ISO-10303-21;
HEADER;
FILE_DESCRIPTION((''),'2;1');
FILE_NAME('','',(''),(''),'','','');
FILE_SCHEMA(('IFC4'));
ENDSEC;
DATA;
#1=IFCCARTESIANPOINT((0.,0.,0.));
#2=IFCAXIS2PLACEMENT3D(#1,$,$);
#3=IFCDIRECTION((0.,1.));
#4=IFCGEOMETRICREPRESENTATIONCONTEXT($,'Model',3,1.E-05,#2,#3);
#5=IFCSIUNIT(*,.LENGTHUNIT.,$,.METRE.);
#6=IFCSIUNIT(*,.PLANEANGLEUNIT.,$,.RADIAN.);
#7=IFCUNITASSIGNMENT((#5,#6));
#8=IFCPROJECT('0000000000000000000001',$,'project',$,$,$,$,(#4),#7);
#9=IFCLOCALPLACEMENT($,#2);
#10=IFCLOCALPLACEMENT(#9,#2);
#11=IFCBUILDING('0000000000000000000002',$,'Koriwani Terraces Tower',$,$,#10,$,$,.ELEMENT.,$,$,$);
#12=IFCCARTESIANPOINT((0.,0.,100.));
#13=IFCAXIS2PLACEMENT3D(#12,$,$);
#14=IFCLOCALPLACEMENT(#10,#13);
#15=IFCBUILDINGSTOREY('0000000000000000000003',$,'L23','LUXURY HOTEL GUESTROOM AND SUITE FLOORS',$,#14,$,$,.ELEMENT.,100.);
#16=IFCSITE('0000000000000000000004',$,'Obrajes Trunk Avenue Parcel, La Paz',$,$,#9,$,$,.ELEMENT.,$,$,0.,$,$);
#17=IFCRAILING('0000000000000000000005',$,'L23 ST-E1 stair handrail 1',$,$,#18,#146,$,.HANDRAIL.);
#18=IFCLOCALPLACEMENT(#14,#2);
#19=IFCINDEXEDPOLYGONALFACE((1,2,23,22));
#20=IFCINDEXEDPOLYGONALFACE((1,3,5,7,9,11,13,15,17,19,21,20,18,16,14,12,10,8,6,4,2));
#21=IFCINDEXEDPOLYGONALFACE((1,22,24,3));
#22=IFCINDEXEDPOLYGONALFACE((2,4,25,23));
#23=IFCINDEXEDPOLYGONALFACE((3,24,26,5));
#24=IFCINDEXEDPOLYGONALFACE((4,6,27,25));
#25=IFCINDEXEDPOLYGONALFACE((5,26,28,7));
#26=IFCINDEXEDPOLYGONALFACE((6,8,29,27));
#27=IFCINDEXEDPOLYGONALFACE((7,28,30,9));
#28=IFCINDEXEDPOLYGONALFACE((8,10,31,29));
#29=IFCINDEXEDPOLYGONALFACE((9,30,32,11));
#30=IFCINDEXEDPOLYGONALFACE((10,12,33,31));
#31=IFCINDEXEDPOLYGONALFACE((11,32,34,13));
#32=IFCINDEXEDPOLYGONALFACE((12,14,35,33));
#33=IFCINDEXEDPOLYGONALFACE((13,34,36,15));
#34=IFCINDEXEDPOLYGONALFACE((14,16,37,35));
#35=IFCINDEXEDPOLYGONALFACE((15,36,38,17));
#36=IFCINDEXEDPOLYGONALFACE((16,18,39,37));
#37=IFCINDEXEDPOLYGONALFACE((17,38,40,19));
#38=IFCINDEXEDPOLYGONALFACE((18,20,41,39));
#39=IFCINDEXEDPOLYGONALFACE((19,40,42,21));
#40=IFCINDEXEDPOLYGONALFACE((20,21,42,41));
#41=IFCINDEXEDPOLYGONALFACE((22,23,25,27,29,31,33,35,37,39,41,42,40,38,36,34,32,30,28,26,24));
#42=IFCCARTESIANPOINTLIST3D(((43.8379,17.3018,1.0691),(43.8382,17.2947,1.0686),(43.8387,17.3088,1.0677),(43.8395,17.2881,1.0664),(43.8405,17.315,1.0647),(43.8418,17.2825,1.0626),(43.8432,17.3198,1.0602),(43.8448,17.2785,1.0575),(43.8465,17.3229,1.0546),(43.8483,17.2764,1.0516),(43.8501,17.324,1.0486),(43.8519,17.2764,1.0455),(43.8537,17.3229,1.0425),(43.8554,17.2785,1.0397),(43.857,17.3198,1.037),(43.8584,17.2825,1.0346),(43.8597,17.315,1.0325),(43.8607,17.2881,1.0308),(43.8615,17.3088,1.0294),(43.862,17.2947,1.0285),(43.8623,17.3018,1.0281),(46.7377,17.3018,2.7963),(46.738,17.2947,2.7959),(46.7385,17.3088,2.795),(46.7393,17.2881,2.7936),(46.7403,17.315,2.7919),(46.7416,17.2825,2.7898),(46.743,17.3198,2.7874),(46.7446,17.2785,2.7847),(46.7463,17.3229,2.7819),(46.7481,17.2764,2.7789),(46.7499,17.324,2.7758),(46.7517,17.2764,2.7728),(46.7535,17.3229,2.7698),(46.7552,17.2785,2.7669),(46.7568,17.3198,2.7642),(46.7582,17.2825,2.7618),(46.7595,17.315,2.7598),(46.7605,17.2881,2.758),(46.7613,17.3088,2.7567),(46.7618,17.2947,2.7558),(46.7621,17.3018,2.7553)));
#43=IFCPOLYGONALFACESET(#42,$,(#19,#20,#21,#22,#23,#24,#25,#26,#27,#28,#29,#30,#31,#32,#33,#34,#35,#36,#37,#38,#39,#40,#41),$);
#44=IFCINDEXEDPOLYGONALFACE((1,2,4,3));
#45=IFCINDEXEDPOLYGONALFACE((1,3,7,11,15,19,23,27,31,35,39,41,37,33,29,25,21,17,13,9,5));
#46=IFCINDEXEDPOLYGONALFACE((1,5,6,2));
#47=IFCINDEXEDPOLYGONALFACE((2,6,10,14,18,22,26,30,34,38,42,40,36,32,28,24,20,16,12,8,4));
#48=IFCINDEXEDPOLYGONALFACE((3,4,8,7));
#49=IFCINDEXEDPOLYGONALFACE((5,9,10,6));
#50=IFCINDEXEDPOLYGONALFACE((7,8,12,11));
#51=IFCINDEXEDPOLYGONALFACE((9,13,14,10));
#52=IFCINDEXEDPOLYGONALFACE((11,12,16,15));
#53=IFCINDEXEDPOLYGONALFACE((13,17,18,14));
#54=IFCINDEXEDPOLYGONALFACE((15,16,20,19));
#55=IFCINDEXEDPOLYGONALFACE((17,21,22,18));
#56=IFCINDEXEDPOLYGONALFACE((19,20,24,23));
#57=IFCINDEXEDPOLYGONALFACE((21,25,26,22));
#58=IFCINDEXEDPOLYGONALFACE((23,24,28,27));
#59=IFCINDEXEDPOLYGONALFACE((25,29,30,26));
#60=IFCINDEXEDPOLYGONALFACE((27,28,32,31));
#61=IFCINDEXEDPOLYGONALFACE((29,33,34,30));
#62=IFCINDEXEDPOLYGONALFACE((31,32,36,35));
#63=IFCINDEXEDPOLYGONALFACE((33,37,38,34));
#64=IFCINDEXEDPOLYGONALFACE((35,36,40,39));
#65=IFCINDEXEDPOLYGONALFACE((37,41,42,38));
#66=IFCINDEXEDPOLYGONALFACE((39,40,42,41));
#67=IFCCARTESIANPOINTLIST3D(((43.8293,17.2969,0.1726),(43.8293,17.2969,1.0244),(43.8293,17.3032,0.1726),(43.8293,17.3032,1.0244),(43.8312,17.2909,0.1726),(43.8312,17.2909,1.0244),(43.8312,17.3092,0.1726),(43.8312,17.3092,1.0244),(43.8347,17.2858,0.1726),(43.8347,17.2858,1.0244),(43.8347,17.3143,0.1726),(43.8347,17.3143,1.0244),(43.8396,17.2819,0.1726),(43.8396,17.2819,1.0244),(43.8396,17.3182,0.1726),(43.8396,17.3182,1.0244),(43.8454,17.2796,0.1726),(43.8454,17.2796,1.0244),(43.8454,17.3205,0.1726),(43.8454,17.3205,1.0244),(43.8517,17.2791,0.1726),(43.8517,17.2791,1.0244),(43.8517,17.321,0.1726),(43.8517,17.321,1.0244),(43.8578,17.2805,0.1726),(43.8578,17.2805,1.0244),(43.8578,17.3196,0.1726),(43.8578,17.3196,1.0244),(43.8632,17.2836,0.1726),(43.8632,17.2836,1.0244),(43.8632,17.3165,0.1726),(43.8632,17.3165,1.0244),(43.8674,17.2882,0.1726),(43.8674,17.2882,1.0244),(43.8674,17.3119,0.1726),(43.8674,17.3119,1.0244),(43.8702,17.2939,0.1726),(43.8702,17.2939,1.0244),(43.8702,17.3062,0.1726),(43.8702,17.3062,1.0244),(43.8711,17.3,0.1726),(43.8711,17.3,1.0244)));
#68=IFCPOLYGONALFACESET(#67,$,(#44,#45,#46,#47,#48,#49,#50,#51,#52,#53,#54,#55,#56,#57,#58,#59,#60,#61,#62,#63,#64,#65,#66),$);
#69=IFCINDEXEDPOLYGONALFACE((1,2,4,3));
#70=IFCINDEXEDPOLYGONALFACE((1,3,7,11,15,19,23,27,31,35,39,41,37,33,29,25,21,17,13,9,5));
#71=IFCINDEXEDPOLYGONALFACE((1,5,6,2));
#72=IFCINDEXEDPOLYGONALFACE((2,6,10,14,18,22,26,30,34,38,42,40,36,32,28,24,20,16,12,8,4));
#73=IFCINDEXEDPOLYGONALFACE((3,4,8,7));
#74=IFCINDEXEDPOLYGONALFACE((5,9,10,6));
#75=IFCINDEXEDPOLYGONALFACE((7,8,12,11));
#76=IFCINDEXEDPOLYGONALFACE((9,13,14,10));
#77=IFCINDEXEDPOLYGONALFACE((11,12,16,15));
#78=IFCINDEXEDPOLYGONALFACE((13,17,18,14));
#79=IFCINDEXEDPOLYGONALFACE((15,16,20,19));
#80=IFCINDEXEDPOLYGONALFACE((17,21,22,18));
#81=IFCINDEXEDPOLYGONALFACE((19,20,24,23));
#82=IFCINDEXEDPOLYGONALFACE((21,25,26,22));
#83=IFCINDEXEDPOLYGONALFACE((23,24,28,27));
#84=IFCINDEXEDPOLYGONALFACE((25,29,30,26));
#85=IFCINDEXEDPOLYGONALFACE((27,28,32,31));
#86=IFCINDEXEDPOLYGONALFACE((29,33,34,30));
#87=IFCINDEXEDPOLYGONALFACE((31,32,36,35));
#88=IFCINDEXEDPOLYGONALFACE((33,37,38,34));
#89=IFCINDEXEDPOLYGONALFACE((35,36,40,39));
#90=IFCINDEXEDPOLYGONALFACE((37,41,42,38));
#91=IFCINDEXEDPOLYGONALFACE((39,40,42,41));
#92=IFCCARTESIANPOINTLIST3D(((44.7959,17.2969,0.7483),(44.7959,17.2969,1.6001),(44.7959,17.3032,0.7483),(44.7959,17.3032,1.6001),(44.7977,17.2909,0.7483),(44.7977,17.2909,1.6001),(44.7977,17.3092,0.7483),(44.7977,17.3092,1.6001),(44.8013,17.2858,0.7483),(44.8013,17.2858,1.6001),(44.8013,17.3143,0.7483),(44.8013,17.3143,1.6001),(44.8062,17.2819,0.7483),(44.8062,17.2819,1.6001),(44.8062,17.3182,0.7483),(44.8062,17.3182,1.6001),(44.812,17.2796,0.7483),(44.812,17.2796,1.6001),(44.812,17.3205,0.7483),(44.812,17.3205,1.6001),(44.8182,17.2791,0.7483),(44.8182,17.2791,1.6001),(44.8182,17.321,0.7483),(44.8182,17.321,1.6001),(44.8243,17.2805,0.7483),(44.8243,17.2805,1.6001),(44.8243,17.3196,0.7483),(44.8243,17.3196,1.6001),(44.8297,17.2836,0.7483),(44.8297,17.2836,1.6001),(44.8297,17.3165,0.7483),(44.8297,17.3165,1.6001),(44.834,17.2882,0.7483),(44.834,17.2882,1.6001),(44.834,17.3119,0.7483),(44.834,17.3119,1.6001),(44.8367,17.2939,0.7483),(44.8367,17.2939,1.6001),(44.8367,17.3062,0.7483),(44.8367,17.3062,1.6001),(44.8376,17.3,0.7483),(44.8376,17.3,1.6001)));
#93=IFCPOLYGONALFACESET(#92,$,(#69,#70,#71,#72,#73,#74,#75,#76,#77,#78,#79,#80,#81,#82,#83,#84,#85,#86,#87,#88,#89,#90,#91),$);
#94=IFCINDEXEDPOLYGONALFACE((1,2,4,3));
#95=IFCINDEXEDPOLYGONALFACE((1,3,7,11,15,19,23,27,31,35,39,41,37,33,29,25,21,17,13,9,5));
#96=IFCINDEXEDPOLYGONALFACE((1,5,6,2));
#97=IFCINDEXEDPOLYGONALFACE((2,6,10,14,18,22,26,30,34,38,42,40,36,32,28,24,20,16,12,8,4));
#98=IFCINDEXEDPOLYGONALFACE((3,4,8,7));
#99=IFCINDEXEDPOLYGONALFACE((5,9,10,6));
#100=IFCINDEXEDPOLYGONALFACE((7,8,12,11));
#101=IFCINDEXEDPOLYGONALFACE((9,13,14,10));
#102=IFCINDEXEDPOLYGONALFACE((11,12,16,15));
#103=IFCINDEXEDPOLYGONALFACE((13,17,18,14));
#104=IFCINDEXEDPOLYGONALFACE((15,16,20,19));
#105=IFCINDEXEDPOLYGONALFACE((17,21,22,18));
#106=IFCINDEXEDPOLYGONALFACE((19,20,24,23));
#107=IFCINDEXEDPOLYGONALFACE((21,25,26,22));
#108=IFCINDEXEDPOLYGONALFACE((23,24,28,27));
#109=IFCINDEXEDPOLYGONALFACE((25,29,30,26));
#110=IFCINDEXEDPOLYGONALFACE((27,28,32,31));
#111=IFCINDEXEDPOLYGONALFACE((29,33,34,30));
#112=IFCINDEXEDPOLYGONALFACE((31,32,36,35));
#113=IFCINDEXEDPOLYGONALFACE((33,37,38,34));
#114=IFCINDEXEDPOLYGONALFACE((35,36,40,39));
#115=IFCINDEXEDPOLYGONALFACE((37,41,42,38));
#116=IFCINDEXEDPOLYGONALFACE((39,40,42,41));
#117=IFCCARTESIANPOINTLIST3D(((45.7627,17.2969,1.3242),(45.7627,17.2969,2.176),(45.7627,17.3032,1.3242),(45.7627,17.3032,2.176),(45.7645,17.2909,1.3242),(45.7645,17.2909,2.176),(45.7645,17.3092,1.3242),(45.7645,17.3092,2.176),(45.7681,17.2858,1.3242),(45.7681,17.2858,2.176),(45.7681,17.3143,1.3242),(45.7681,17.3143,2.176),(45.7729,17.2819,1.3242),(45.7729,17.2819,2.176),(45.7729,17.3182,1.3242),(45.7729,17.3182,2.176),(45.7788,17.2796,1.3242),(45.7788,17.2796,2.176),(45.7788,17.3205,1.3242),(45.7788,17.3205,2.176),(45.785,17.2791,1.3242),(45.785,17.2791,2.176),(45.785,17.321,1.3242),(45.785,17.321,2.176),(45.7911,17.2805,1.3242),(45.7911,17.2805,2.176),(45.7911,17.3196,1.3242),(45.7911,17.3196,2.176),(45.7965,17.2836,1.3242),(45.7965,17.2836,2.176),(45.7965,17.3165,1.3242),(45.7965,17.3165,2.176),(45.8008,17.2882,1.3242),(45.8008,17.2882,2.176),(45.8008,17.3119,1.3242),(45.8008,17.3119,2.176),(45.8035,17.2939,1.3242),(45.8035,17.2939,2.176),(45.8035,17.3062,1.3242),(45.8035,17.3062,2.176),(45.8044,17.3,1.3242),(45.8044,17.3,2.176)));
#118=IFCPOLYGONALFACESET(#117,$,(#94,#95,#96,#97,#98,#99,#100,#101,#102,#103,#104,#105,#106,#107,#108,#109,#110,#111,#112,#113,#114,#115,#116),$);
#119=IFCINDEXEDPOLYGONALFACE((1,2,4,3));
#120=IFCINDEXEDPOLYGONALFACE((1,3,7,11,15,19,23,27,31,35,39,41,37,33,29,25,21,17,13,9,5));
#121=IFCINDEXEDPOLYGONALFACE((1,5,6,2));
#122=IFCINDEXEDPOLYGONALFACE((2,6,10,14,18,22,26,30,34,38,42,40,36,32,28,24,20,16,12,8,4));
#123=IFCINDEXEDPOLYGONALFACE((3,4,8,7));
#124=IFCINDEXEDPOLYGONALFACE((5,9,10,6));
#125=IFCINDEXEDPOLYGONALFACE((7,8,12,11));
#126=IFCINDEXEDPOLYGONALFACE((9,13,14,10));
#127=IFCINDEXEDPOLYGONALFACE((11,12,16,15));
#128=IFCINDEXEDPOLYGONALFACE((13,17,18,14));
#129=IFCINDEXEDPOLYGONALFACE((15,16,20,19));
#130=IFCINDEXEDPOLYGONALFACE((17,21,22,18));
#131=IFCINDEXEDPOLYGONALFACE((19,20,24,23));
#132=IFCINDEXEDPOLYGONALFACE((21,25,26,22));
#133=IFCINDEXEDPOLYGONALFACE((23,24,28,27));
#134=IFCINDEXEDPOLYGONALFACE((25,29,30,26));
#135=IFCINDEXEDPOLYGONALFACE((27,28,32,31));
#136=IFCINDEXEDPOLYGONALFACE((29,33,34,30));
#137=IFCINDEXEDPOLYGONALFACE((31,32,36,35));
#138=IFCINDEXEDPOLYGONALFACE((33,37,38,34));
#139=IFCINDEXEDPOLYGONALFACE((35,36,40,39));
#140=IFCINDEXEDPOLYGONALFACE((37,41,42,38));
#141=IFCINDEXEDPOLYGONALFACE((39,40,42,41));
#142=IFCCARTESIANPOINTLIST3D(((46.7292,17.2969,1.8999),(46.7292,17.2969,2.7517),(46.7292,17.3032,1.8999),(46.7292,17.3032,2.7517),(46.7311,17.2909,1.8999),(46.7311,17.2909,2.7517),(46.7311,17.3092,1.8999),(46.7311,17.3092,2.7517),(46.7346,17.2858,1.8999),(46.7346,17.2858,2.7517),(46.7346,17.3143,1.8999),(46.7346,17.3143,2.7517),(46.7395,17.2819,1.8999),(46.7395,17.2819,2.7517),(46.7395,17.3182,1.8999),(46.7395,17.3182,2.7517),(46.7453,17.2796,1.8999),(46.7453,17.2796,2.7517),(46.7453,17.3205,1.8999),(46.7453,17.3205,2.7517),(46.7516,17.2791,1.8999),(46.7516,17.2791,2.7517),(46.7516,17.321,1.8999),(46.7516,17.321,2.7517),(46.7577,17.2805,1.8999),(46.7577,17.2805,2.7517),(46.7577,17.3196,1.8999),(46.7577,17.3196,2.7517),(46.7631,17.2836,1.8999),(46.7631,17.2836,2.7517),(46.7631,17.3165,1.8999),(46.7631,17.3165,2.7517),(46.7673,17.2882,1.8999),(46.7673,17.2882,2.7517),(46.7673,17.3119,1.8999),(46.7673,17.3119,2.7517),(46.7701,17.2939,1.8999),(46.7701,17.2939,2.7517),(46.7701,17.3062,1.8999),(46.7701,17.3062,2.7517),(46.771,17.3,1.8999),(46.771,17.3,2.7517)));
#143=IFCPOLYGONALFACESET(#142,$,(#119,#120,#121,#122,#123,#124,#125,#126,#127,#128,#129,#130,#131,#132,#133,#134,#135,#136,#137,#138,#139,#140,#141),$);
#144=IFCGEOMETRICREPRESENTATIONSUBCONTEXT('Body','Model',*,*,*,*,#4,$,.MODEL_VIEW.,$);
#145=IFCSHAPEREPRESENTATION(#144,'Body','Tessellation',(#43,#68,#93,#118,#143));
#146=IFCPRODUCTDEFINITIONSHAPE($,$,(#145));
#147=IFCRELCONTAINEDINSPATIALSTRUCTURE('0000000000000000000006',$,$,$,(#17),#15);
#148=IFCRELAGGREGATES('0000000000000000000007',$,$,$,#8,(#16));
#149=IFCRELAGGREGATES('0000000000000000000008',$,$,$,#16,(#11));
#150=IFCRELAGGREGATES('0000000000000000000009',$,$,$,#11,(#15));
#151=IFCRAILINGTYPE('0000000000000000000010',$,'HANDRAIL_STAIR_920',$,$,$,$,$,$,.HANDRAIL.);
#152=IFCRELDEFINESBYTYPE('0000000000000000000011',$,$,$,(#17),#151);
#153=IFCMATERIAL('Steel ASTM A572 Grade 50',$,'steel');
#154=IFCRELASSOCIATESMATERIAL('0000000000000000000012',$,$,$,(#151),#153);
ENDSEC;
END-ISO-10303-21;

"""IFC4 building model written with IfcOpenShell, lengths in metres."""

from ifc_helpers import new_model, si_unit, direction, frame, origin, origin_2d, place, context, subcontext, project, spatial, circle, extrude, material, type_object, element, save


model = new_model("IFC4")

# Units and contexts
model_context = context("Model", 3, precision=1e-05, world=origin(), true_north=direction((0.0, 1.0)))
body_context = subcontext(model_context, "Body", "Model", "MODEL_VIEW")
ifc_project = project(units=[si_unit("LENGTHUNIT", "METRE"), si_unit("PLANEANGLEUNIT", "RADIAN")], contexts=[model_context])

# Site, building, storey
site_placement = place(None, origin())
site = spatial("IfcSite", under=ifc_project, at=site_placement, Name="Obrajes Trunk Avenue Parcel, La Paz", CompositionType="ELEMENT", RefElevation=0.0)
building_placement = place(site_placement, origin())
building = spatial("IfcBuilding", under=site, at=building_placement, Name="Koriwani Terraces Tower", CompositionType="ELEMENT")
storey_placement = place(building_placement, frame((0.0, 0.0, 100.0)))
storey = spatial("IfcBuildingStorey", under=building, at=storey_placement, Name="L23", Description="LUXURY HOTEL GUESTROOM AND SUITE FLOORS", CompositionType="ELEMENT", Elevation=100.0)

# Shared definitions
ifc_material_1 = material(Name="Steel ASTM A572 Grade 50", Category="steel")

# Railing
railing_type_1 = type_object("IfcRailingType", Name="HANDRAIL_STAIR_920", PredefinedType="HANDRAIL", material=ifc_material_1)
railing_1_placement = place(storey_placement, frame((43.8501, 17.3, 0.1726)))
element("IfcRailing", 1, at=railing_1_placement, inside=storey, type_object=railing_type_1, Name="L23 ST-E1 stair handrail 1", PredefinedType="HANDRAIL", context=body_context, shape_type="SweptSolid", body=[
    extrude(circle(Radius=0.0239, at=origin_2d()), frame((0.0, 0.0, 0.876), z_axis=(0.859141, 0.0, 0.511738), x_axis=(0.0, 1.0, 0.0)), (0.0, 0.0, 1.0), 3.3752),
    extrude(circle(Radius=0.021, at=origin_2d()), origin(), (0.0, 0.0, 1.0), 0.8518),
    extrude(circle(Radius=0.021, at=origin_2d()), frame((0.9666, 0.0, 0.5757)), (0.0, 0.0, 1.0), 0.8518),
    extrude(circle(Radius=0.021, at=origin_2d()), frame((1.9333, 0.0, 1.1516)), (0.0, 0.0, 1.0), 0.8518),
    extrude(circle(Radius=0.021, at=origin_2d()), frame((2.8999, 0.0, 1.7273)), (0.0, 0.0, 1.0), 0.8518),
])

save(model, "model.ifc")
